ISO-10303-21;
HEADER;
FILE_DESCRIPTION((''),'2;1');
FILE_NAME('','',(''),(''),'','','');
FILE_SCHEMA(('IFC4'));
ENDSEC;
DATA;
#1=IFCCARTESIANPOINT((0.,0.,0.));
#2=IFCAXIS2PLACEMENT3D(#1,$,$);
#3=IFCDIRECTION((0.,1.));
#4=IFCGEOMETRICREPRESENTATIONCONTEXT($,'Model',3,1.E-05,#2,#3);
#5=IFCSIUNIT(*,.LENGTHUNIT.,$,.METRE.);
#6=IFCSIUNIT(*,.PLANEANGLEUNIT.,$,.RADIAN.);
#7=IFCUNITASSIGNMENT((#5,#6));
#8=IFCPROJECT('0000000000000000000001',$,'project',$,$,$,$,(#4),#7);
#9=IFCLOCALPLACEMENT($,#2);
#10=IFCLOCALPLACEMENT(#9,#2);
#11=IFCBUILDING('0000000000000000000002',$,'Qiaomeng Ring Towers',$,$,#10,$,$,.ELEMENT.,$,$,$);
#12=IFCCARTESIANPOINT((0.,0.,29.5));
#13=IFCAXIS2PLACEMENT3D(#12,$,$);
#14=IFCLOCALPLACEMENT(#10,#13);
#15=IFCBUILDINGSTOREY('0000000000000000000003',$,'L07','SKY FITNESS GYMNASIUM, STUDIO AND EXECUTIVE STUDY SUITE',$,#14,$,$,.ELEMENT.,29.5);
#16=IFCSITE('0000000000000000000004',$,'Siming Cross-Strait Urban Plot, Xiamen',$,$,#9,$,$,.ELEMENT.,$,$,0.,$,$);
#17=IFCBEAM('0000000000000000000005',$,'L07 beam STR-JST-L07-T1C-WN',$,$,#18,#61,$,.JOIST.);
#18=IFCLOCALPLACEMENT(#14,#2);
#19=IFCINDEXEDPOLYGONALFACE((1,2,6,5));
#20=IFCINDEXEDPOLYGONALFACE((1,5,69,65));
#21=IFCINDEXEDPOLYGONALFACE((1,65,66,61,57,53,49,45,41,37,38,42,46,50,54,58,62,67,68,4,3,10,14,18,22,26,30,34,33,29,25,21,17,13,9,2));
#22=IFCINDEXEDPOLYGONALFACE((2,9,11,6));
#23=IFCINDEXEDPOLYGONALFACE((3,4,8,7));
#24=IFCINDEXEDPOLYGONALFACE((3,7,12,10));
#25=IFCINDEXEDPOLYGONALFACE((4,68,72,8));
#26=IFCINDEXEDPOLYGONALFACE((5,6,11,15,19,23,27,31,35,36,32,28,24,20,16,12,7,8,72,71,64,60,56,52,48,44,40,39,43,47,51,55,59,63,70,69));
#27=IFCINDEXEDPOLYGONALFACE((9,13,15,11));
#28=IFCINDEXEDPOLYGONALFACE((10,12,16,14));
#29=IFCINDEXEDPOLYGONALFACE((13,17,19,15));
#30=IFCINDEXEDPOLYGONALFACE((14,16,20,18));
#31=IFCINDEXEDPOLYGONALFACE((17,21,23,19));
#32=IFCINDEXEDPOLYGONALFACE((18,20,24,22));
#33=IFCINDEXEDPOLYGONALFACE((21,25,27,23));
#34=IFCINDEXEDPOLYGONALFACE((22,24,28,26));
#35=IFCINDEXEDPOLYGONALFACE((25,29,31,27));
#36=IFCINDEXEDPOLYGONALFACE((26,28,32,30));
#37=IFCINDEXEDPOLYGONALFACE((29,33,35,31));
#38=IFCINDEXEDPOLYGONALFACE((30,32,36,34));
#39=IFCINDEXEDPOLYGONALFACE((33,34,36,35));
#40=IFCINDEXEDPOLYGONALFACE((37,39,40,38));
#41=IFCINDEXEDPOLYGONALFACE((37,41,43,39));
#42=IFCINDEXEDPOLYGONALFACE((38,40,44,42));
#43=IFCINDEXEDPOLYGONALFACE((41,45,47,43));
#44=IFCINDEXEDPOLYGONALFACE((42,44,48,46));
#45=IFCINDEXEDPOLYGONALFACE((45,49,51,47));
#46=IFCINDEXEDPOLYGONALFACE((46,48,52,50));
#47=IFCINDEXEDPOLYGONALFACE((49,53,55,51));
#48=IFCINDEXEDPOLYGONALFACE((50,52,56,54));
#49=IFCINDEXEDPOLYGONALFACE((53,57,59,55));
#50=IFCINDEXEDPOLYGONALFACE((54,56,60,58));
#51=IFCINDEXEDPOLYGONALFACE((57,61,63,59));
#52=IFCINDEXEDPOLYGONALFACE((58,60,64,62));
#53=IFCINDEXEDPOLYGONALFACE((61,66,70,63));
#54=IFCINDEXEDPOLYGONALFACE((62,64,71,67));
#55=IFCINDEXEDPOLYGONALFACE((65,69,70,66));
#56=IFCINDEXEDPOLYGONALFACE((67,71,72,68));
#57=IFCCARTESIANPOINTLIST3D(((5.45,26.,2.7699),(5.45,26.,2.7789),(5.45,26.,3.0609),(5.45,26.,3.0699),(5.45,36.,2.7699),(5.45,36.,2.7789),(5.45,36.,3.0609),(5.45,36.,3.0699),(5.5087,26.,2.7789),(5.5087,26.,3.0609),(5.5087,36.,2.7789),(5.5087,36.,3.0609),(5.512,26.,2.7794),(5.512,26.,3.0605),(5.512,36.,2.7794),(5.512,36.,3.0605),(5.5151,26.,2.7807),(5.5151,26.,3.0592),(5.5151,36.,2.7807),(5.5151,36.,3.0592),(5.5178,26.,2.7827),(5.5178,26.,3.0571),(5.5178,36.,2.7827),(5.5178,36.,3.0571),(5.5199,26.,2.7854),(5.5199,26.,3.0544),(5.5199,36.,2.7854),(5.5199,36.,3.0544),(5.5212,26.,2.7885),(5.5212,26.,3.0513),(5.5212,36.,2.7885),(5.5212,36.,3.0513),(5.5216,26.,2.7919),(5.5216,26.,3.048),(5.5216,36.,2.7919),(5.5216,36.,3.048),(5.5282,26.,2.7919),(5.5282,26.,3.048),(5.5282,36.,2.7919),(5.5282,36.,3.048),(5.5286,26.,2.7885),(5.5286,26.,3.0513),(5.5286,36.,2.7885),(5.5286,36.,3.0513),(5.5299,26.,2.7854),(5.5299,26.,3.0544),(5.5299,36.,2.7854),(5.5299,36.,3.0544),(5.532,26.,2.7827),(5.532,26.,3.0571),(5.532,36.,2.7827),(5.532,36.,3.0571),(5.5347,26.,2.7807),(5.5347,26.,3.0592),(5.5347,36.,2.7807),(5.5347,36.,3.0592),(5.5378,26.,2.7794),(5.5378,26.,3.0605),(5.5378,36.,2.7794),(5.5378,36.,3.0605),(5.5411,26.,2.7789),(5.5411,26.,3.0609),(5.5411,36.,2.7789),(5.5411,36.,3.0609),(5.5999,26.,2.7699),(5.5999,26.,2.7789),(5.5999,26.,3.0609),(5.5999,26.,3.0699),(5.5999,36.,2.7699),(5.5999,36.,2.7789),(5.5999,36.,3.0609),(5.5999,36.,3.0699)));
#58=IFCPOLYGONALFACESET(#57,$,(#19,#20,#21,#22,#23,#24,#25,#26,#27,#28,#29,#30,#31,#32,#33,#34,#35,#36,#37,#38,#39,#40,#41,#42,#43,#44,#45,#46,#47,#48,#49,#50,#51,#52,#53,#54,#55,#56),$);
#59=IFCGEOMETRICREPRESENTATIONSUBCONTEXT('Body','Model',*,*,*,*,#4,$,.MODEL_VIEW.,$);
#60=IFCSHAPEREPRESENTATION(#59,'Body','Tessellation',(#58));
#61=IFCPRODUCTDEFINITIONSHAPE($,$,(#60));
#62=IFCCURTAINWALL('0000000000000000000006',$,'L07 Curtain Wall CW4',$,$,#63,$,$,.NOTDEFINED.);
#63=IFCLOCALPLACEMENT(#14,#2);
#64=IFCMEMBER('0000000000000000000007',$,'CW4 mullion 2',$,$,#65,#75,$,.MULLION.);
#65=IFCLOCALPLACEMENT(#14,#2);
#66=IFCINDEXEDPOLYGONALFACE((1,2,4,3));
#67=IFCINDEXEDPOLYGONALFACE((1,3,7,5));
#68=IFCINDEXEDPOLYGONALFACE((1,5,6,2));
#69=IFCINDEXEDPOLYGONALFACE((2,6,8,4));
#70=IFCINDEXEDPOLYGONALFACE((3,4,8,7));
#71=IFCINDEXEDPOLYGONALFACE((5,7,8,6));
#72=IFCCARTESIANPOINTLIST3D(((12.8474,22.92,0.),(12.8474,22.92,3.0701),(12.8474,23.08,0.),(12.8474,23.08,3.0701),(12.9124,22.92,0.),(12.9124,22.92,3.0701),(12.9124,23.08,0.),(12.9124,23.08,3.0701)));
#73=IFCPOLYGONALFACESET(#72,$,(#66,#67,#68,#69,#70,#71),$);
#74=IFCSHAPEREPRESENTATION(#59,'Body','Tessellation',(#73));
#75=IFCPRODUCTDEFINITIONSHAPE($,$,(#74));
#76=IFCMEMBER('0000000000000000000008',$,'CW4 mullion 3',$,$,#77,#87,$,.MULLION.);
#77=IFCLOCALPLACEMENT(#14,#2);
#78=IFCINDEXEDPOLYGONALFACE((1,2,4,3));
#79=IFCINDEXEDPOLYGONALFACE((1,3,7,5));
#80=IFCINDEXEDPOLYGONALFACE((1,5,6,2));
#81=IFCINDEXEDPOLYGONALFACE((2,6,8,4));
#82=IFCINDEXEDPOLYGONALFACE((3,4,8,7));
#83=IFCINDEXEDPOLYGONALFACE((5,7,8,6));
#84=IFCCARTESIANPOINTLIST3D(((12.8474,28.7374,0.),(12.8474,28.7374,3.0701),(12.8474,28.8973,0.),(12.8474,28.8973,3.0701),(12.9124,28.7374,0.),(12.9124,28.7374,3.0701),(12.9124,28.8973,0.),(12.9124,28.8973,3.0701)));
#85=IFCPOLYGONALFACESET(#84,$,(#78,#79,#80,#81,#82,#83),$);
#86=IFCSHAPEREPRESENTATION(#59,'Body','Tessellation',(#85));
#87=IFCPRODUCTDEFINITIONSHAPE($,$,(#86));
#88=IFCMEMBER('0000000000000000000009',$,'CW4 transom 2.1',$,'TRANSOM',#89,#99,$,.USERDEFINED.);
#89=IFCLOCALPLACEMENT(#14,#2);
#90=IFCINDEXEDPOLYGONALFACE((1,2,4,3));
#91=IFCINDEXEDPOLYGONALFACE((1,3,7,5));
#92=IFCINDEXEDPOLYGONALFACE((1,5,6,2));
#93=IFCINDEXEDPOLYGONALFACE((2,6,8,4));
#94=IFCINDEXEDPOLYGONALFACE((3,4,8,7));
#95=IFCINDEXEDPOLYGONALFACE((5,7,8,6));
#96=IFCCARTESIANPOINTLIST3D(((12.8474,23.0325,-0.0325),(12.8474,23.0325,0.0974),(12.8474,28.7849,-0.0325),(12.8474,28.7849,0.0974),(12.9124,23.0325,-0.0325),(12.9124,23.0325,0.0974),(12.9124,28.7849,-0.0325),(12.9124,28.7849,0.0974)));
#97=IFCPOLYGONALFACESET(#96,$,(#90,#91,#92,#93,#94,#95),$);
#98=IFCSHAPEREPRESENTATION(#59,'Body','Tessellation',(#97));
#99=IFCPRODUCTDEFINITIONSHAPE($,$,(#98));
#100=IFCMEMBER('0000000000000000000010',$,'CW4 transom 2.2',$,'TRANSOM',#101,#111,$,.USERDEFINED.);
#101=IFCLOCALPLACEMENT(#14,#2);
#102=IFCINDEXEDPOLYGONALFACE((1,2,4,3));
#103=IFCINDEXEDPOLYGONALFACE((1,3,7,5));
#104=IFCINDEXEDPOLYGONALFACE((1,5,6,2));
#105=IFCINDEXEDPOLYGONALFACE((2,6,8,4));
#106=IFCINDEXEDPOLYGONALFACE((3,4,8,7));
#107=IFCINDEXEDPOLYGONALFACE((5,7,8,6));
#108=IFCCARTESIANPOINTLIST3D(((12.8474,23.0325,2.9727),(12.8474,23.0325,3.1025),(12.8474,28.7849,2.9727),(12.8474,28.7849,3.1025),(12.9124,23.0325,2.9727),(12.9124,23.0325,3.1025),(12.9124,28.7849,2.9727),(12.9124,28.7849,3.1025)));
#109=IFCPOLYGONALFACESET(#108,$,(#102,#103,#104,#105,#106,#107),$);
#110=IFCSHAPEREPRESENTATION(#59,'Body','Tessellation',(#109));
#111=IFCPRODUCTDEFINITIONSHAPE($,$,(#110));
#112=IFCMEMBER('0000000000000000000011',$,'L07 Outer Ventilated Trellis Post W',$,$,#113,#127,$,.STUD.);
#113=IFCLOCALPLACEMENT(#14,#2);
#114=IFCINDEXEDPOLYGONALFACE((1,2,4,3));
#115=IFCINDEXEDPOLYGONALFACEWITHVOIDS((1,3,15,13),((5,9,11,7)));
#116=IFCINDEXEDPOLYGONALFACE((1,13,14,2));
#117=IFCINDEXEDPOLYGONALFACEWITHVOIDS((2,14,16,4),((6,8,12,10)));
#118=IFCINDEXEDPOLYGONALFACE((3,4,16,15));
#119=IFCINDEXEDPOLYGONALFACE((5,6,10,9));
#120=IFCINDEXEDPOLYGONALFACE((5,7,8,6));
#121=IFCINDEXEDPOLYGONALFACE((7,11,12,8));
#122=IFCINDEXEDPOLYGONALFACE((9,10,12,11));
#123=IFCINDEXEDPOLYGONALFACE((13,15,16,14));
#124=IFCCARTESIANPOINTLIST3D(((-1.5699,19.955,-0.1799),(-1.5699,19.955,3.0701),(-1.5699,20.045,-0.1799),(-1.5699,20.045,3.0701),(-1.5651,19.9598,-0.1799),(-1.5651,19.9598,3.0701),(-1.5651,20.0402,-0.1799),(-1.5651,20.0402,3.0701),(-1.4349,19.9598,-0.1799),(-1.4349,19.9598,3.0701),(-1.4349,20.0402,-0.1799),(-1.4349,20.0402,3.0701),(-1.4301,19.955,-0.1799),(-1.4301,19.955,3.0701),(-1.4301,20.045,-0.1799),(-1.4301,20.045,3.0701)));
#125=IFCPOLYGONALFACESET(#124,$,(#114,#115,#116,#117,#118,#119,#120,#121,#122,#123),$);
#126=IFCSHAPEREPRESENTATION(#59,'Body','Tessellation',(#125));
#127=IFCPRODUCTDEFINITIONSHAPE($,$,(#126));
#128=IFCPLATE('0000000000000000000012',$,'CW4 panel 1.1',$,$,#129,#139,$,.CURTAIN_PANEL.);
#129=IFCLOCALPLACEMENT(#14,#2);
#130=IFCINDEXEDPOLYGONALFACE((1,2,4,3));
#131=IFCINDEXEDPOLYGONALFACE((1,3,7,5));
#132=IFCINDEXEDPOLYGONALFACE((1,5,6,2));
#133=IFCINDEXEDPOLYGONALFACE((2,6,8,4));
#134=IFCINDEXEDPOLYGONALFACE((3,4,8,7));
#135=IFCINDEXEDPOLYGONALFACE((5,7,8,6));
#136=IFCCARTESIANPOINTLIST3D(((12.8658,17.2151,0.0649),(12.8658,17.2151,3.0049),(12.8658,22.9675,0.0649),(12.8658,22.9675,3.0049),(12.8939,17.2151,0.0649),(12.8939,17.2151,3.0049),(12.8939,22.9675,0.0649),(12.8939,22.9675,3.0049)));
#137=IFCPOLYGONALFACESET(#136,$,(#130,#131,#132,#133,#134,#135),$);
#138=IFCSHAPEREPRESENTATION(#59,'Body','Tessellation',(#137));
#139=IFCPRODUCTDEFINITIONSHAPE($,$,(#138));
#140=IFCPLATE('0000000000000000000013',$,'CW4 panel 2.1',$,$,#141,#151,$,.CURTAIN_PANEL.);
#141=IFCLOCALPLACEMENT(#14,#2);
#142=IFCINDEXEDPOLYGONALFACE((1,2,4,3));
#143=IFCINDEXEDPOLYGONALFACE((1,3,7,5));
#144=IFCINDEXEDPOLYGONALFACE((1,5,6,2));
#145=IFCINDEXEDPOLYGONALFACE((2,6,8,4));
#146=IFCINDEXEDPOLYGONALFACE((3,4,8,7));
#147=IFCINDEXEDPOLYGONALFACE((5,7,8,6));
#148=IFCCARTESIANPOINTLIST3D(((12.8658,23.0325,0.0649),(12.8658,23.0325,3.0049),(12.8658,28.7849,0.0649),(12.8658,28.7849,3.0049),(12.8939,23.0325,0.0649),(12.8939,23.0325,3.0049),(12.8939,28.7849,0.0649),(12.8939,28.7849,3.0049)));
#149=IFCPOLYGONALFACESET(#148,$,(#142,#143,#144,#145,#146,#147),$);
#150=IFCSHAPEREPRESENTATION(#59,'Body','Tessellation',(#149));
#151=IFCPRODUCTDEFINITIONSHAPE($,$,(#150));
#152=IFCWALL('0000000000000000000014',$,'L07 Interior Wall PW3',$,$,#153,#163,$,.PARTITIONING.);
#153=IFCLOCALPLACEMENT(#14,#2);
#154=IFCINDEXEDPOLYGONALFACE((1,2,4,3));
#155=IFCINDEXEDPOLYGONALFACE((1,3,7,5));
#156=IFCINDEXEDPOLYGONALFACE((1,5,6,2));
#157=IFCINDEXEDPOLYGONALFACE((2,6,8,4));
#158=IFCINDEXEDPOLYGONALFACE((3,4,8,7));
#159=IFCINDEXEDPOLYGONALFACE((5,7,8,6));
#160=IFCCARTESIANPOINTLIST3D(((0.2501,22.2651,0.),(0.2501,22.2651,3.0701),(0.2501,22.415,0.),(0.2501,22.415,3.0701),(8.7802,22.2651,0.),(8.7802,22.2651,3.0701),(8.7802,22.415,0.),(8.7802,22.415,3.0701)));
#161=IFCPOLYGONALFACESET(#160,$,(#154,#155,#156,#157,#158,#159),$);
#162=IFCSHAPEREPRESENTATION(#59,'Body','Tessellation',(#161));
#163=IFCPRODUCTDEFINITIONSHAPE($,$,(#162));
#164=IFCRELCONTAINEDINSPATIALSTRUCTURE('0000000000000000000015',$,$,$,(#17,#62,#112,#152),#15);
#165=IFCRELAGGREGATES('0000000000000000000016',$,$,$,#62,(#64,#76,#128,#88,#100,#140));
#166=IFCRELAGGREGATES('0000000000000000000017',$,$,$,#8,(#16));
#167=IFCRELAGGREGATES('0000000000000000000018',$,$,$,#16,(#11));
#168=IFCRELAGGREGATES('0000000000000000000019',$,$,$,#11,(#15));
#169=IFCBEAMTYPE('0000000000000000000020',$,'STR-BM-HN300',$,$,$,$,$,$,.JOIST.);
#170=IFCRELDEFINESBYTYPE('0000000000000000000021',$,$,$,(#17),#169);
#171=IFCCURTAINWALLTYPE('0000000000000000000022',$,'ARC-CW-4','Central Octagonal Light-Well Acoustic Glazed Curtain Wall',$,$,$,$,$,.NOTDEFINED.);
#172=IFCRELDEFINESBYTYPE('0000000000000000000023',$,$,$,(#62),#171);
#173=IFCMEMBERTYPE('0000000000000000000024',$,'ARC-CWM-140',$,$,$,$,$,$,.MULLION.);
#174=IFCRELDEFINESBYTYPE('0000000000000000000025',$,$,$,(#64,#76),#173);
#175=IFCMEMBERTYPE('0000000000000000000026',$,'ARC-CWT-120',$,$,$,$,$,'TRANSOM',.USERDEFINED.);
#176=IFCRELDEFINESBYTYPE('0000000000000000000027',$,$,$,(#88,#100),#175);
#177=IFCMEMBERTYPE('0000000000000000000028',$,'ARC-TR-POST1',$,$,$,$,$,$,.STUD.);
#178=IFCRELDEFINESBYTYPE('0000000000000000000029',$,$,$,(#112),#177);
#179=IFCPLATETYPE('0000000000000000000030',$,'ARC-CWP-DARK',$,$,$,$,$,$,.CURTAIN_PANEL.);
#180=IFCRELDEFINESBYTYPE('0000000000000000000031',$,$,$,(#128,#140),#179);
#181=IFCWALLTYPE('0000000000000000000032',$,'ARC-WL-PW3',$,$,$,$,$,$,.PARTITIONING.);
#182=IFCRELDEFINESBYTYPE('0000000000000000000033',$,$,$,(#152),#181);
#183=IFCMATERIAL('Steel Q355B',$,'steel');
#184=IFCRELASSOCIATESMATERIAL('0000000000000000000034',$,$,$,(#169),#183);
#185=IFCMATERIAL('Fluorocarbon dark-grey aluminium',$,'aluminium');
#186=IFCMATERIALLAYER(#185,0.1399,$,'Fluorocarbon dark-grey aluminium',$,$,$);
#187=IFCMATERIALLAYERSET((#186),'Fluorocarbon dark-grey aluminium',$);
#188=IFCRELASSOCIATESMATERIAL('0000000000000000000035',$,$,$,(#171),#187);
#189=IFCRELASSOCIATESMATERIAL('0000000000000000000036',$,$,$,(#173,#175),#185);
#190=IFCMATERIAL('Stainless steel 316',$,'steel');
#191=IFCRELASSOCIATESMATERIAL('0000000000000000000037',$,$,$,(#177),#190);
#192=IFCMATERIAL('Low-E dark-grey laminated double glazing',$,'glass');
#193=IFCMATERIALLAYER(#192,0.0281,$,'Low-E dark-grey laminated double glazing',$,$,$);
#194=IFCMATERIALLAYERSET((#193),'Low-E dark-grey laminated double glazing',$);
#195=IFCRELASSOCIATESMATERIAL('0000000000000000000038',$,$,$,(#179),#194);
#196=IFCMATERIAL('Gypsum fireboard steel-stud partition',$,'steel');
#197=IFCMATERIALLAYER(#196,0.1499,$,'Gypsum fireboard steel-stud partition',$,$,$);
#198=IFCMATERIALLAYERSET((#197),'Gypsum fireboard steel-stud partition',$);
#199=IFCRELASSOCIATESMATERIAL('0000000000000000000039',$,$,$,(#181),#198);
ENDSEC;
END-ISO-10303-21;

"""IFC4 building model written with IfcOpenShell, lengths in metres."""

from ifc_helpers import new_model, si_unit, direction, frame, frame_2d, origin, origin_2d, place, context, subcontext, project, spatial, rectangle, hollow_rectangle, i_section, extrude, source, transform, mapped, material, layer, layer_set, material_profile, profile_set, type_object, element, aggregate, save


model = new_model("IFC4")

# Units and contexts
model_context = context("Model", 3, precision=1e-05, world=origin(), true_north=direction((0.0, 1.0)))
body_context = subcontext(model_context, "Body", "Model", "MODEL_VIEW")
ifc_project = project(units=[si_unit("LENGTHUNIT", "METRE"), si_unit("PLANEANGLEUNIT", "RADIAN")], contexts=[model_context])

# Site, building, storey
site_placement = place(None, origin())
site = spatial("IfcSite", under=ifc_project, at=site_placement, Name="Siming Cross-Strait Urban Plot, Xiamen", CompositionType="ELEMENT", RefElevation=0.0)
building_placement = place(site_placement, origin())
building = spatial("IfcBuilding", under=site, at=building_placement, Name="Qiaomeng Ring Towers", CompositionType="ELEMENT")
storey_placement = place(building_placement, frame((0.0, 0.0, 29.5)))
storey = spatial("IfcBuildingStorey", under=building, at=storey_placement, Name="L07", Description="SKY FITNESS GYMNASIUM, STUDIO AND EXECUTIVE STUDY SUITE", CompositionType="ELEMENT", Elevation=29.5)

# Beam
ifc_material_1 = material(Name="Steel Q355B", Category="steel")
ifc_material_profile_1 = material_profile(ifc_material_1, i_section(OverallWidth=0.1499, OverallDepth=0.3, WebThickness=0.0066, FlangeThickness=0.009, FilletRadius=0.0129, at=origin_2d()), Name="HN 300x150x6.5x9")
ifc_profile_set_1 = profile_set([ifc_material_profile_1], Name="Steel Q355B")
beam_type_1 = type_object("IfcBeamType", Name="STR-BM-HN300", PredefinedType="JOIST", material=ifc_profile_set_1)
shared_shape_1 = source(origin(), body_context, "Body", "SweptSolid", [
    extrude(i_section(OverallWidth=0.1499, OverallDepth=0.3, WebThickness=0.0066, FlangeThickness=0.009, FilletRadius=0.0129, at=origin_2d()), origin(), (0.0, 0.0, 1.0), 10.0),
])
beam_1_placement = place(storey_placement, frame((5.5249, 26.0, 2.9199), z_axis=(0.0, 1.0, 0.0), x_axis=(-1.0, 0.0, 0.0)))
element("IfcBeam", 1, at=beam_1_placement, inside=storey, type_object=beam_type_1, Name="L07 beam STR-JST-L07-T1C-WN", PredefinedType="JOIST", context=body_context, shape_type="MappedRepresentation", body=[
    mapped(shared_shape_1, transform((0.0, 0.0, 0.0), x_axis=(1.0, 0.0, 0.0), y_axis=(0.0, 1.0, 0.0), z_axis=(0.0, 0.0, 1.0), scale=1.0)),
])

# Curtain wall, members
ifc_material_2 = material(Name="Fluorocarbon dark-grey aluminium", Category="aluminium")
ifc_layer_1 = layer(ifc_material_2, 0.1399, Name="Fluorocarbon dark-grey aluminium")
ifc_layer_set_1 = layer_set([ifc_layer_1], Name="Fluorocarbon dark-grey aluminium")
curtain_wall_type = type_object("IfcCurtainWallType", Name="ARC-CW-4", Description="Central Octagonal Light-Well Acoustic Glazed Curtain Wall", PredefinedType="NOTDEFINED", material=ifc_layer_set_1)
curtain_wall_placement = place(storey_placement, origin())
curtain_wall = element("IfcCurtainWall", 2, at=curtain_wall_placement, inside=storey, type_object=curtain_wall_type, Name="L07 Curtain Wall CW4", PredefinedType="NOTDEFINED")
ifc_material_profile_2 = material_profile(ifc_material_2, rectangle(XDim=0.0649, YDim=0.1599, at=origin_2d()), Name="ALU MULL 65x160")
ifc_profile_set_2 = profile_set([ifc_material_profile_2], Name="Fluorocarbon dark-grey aluminium")
member_type_1 = type_object("IfcMemberType", Name="ARC-CWM-140", PredefinedType="MULLION", material=ifc_profile_set_2)
shared_shape_2 = source(origin(), body_context, "Body", "SweptSolid", [
    extrude(rectangle(XDim=0.0649, YDim=0.1599, at=origin_2d()), origin(), (0.0, 0.0, 1.0), 3.0701),
])
member_1_placement = place(storey_placement, frame((12.8799, 23.0, 0.0), z_axis=(0.0, 0.0, 1.0), x_axis=(-1.0, 0.0, 0.0)))
member_1 = element("IfcMember", 3, at=member_1_placement, type_object=member_type_1, Name="CW4 mullion 2", PredefinedType="MULLION", context=body_context, shape_type="MappedRepresentation", body=[
    mapped(shared_shape_2, transform((0.0, 0.0, 0.0), x_axis=(1.0, 0.0, 0.0), y_axis=(0.0, 1.0, 0.0), z_axis=(0.0, 0.0, 1.0), scale=1.0)),
])
member_2_placement = place(storey_placement, frame((12.8799, 28.8174, 0.0), z_axis=(0.0, 0.0, 1.0), x_axis=(-1.0, 0.0, 0.0)))
member_2 = element("IfcMember", 4, at=member_2_placement, type_object=member_type_1, Name="CW4 mullion 3", PredefinedType="MULLION", context=body_context, shape_type="MappedRepresentation", body=[
    mapped(shared_shape_2, transform((0.0, 0.0, 0.0), x_axis=(1.0, 0.0, 0.0), y_axis=(0.0, 1.0, 0.0), z_axis=(0.0, 0.0, 1.0), scale=1.0)),
])
ifc_material_profile_3 = material_profile(ifc_material_2, rectangle(XDim=0.0649, YDim=0.1299, at=origin_2d()), Name="ALU TRAN 65x130")
ifc_profile_set_3 = profile_set([ifc_material_profile_3], Name="Fluorocarbon dark-grey aluminium")
member_type_2 = type_object("IfcMemberType", Name="ARC-CWT-120", ElementType="TRANSOM", PredefinedType="USERDEFINED", material=ifc_profile_set_3)
shared_shape_3 = source(origin(), body_context, "Body", "SweptSolid", [
    extrude(rectangle(XDim=0.0649, YDim=0.1299, at=origin_2d()), origin(), (0.0, 0.0, 1.0), 5.7524),
])
member_3_placement = place(storey_placement, frame((12.8799, 23.0325, 0.0325), z_axis=(0.0, 1.0, 0.0), x_axis=(-1.0, 0.0, 0.0)))
member_3 = element("IfcMember", 5, at=member_3_placement, type_object=member_type_2, Name="CW4 transom 2.1", ObjectType="TRANSOM", PredefinedType="USERDEFINED", context=body_context, shape_type="MappedRepresentation", body=[
    mapped(shared_shape_3, transform((0.0, 0.0, 0.0), x_axis=(1.0, 0.0, 0.0), y_axis=(0.0, 1.0, 0.0), z_axis=(0.0, 0.0, 1.0), scale=1.0)),
])
member_4_placement = place(storey_placement, frame((12.8799, 23.0325, 3.0376), z_axis=(0.0, 1.0, 0.0), x_axis=(-1.0, 0.0, 0.0)))
member_4 = element("IfcMember", 6, at=member_4_placement, type_object=member_type_2, Name="CW4 transom 2.2", ObjectType="TRANSOM", PredefinedType="USERDEFINED", context=body_context, shape_type="MappedRepresentation", body=[
    mapped(shared_shape_3, transform((0.0, 0.0, 0.0), x_axis=(1.0, 0.0, 0.0), y_axis=(0.0, 1.0, 0.0), z_axis=(0.0, 0.0, 1.0), scale=1.0)),
])

# Member
ifc_material_3 = material(Name="Stainless steel 316", Category="steel")
ifc_material_profile_4 = material_profile(ifc_material_3, hollow_rectangle(XDim=0.0901, YDim=0.1399, WallThickness=0.0049, at=origin_2d()), Name="SS TRELLIS 90x140")
ifc_profile_set_4 = profile_set([ifc_material_profile_4], Name="Stainless steel 316")
member_type_3 = type_object("IfcMemberType", Name="ARC-TR-POST1", PredefinedType="STUD", material=ifc_profile_set_4)
shared_shape_4 = source(origin(), body_context, "Body", "SweptSolid", [
    extrude(hollow_rectangle(XDim=0.0901, YDim=0.1399, WallThickness=0.0049, at=origin_2d()), origin(), (0.0, 0.0, 1.0), 3.25),
])
member_5_placement = place(storey_placement, frame((-1.5, 20.0, -0.1799), z_axis=(0.0, 0.0, 1.0), x_axis=(0.0, 1.0, 0.0)))
element("IfcMember", 7, at=member_5_placement, inside=storey, type_object=member_type_3, Name="L07 Outer Ventilated Trellis Post W", PredefinedType="STUD", context=body_context, shape_type="MappedRepresentation", body=[
    mapped(shared_shape_4, transform((0.0, 0.0, 0.0), x_axis=(1.0, 0.0, 0.0), y_axis=(0.0, 1.0, 0.0), z_axis=(0.0, 0.0, 1.0), scale=1.0)),
])

# Plates
ifc_material_4 = material(Name="Low-E dark-grey laminated double glazing", Category="glass")
ifc_layer_2 = layer(ifc_material_4, 0.0281, Name="Low-E dark-grey laminated double glazing")
ifc_layer_set_2 = layer_set([ifc_layer_2], Name="Low-E dark-grey laminated double glazing")
plate_type = type_object("IfcPlateType", Name="ARC-CWP-DARK", PredefinedType="CURTAIN_PANEL", material=ifc_layer_set_2)
shared_shape_5 = source(origin(), body_context, "Body", "SweptSolid", [
    extrude(rectangle(XDim=5.7524, YDim=0.0281, at=origin_2d()), origin(), (0.0, 0.0, 1.0), 2.9399),
])
plate_1_placement = place(storey_placement, frame((12.8799, 20.0913, 0.0649), z_axis=(0.0, 0.0, 1.0), x_axis=(0.0, 1.0, 0.0)))
plate_1 = element("IfcPlate", 8, at=plate_1_placement, type_object=plate_type, Name="CW4 panel 1.1", PredefinedType="CURTAIN_PANEL", context=body_context, shape_type="MappedRepresentation", body=[
    mapped(shared_shape_5, transform((0.0, 0.0, 0.0), x_axis=(1.0, 0.0, 0.0), y_axis=(0.0, 1.0, 0.0), z_axis=(0.0, 0.0, 1.0), scale=1.0)),
])
plate_2_placement = place(storey_placement, frame((12.8799, 25.9087, 0.0649), z_axis=(0.0, 0.0, 1.0), x_axis=(0.0, 1.0, 0.0)))
plate_2 = element("IfcPlate", 9, at=plate_2_placement, type_object=plate_type, Name="CW4 panel 2.1", PredefinedType="CURTAIN_PANEL", context=body_context, shape_type="MappedRepresentation", body=[
    mapped(shared_shape_5, transform((0.0, 0.0, 0.0), x_axis=(1.0, 0.0, 0.0), y_axis=(0.0, 1.0, 0.0), z_axis=(0.0, 0.0, 1.0), scale=1.0)),
])
aggregate(curtain_wall, [member_1, member_2, plate_1, member_3, member_4, plate_2])

# Wall
ifc_material_5 = material(Name="Gypsum fireboard steel-stud partition", Category="steel")
ifc_layer_3 = layer(ifc_material_5, 0.1499, Name="Gypsum fireboard steel-stud partition")
ifc_layer_set_3 = layer_set([ifc_layer_3], Name="Gypsum fireboard steel-stud partition")
wall_type_1 = type_object("IfcWallType", Name="ARC-WL-PW3", PredefinedType="PARTITIONING", material=ifc_layer_set_3)
wall_1_placement = place(storey_placement, frame((0.25, 22.3401, 0.0), z_axis=(0.0, 0.0, 1.0), x_axis=(1.0, 0.0, 0.0)))
element("IfcWall", 10, at=wall_1_placement, inside=storey, type_object=wall_type_1, Name="L07 Interior Wall PW3", PredefinedType="PARTITIONING", context=body_context, shape_type="SweptSolid", body=[
    extrude(rectangle(XDim=8.53, YDim=0.1499, at=frame_2d((4.2651, 0.0))), origin(), (0.0, 0.0, 1.0), 3.0701),
])

save(model, "model.ifc")
